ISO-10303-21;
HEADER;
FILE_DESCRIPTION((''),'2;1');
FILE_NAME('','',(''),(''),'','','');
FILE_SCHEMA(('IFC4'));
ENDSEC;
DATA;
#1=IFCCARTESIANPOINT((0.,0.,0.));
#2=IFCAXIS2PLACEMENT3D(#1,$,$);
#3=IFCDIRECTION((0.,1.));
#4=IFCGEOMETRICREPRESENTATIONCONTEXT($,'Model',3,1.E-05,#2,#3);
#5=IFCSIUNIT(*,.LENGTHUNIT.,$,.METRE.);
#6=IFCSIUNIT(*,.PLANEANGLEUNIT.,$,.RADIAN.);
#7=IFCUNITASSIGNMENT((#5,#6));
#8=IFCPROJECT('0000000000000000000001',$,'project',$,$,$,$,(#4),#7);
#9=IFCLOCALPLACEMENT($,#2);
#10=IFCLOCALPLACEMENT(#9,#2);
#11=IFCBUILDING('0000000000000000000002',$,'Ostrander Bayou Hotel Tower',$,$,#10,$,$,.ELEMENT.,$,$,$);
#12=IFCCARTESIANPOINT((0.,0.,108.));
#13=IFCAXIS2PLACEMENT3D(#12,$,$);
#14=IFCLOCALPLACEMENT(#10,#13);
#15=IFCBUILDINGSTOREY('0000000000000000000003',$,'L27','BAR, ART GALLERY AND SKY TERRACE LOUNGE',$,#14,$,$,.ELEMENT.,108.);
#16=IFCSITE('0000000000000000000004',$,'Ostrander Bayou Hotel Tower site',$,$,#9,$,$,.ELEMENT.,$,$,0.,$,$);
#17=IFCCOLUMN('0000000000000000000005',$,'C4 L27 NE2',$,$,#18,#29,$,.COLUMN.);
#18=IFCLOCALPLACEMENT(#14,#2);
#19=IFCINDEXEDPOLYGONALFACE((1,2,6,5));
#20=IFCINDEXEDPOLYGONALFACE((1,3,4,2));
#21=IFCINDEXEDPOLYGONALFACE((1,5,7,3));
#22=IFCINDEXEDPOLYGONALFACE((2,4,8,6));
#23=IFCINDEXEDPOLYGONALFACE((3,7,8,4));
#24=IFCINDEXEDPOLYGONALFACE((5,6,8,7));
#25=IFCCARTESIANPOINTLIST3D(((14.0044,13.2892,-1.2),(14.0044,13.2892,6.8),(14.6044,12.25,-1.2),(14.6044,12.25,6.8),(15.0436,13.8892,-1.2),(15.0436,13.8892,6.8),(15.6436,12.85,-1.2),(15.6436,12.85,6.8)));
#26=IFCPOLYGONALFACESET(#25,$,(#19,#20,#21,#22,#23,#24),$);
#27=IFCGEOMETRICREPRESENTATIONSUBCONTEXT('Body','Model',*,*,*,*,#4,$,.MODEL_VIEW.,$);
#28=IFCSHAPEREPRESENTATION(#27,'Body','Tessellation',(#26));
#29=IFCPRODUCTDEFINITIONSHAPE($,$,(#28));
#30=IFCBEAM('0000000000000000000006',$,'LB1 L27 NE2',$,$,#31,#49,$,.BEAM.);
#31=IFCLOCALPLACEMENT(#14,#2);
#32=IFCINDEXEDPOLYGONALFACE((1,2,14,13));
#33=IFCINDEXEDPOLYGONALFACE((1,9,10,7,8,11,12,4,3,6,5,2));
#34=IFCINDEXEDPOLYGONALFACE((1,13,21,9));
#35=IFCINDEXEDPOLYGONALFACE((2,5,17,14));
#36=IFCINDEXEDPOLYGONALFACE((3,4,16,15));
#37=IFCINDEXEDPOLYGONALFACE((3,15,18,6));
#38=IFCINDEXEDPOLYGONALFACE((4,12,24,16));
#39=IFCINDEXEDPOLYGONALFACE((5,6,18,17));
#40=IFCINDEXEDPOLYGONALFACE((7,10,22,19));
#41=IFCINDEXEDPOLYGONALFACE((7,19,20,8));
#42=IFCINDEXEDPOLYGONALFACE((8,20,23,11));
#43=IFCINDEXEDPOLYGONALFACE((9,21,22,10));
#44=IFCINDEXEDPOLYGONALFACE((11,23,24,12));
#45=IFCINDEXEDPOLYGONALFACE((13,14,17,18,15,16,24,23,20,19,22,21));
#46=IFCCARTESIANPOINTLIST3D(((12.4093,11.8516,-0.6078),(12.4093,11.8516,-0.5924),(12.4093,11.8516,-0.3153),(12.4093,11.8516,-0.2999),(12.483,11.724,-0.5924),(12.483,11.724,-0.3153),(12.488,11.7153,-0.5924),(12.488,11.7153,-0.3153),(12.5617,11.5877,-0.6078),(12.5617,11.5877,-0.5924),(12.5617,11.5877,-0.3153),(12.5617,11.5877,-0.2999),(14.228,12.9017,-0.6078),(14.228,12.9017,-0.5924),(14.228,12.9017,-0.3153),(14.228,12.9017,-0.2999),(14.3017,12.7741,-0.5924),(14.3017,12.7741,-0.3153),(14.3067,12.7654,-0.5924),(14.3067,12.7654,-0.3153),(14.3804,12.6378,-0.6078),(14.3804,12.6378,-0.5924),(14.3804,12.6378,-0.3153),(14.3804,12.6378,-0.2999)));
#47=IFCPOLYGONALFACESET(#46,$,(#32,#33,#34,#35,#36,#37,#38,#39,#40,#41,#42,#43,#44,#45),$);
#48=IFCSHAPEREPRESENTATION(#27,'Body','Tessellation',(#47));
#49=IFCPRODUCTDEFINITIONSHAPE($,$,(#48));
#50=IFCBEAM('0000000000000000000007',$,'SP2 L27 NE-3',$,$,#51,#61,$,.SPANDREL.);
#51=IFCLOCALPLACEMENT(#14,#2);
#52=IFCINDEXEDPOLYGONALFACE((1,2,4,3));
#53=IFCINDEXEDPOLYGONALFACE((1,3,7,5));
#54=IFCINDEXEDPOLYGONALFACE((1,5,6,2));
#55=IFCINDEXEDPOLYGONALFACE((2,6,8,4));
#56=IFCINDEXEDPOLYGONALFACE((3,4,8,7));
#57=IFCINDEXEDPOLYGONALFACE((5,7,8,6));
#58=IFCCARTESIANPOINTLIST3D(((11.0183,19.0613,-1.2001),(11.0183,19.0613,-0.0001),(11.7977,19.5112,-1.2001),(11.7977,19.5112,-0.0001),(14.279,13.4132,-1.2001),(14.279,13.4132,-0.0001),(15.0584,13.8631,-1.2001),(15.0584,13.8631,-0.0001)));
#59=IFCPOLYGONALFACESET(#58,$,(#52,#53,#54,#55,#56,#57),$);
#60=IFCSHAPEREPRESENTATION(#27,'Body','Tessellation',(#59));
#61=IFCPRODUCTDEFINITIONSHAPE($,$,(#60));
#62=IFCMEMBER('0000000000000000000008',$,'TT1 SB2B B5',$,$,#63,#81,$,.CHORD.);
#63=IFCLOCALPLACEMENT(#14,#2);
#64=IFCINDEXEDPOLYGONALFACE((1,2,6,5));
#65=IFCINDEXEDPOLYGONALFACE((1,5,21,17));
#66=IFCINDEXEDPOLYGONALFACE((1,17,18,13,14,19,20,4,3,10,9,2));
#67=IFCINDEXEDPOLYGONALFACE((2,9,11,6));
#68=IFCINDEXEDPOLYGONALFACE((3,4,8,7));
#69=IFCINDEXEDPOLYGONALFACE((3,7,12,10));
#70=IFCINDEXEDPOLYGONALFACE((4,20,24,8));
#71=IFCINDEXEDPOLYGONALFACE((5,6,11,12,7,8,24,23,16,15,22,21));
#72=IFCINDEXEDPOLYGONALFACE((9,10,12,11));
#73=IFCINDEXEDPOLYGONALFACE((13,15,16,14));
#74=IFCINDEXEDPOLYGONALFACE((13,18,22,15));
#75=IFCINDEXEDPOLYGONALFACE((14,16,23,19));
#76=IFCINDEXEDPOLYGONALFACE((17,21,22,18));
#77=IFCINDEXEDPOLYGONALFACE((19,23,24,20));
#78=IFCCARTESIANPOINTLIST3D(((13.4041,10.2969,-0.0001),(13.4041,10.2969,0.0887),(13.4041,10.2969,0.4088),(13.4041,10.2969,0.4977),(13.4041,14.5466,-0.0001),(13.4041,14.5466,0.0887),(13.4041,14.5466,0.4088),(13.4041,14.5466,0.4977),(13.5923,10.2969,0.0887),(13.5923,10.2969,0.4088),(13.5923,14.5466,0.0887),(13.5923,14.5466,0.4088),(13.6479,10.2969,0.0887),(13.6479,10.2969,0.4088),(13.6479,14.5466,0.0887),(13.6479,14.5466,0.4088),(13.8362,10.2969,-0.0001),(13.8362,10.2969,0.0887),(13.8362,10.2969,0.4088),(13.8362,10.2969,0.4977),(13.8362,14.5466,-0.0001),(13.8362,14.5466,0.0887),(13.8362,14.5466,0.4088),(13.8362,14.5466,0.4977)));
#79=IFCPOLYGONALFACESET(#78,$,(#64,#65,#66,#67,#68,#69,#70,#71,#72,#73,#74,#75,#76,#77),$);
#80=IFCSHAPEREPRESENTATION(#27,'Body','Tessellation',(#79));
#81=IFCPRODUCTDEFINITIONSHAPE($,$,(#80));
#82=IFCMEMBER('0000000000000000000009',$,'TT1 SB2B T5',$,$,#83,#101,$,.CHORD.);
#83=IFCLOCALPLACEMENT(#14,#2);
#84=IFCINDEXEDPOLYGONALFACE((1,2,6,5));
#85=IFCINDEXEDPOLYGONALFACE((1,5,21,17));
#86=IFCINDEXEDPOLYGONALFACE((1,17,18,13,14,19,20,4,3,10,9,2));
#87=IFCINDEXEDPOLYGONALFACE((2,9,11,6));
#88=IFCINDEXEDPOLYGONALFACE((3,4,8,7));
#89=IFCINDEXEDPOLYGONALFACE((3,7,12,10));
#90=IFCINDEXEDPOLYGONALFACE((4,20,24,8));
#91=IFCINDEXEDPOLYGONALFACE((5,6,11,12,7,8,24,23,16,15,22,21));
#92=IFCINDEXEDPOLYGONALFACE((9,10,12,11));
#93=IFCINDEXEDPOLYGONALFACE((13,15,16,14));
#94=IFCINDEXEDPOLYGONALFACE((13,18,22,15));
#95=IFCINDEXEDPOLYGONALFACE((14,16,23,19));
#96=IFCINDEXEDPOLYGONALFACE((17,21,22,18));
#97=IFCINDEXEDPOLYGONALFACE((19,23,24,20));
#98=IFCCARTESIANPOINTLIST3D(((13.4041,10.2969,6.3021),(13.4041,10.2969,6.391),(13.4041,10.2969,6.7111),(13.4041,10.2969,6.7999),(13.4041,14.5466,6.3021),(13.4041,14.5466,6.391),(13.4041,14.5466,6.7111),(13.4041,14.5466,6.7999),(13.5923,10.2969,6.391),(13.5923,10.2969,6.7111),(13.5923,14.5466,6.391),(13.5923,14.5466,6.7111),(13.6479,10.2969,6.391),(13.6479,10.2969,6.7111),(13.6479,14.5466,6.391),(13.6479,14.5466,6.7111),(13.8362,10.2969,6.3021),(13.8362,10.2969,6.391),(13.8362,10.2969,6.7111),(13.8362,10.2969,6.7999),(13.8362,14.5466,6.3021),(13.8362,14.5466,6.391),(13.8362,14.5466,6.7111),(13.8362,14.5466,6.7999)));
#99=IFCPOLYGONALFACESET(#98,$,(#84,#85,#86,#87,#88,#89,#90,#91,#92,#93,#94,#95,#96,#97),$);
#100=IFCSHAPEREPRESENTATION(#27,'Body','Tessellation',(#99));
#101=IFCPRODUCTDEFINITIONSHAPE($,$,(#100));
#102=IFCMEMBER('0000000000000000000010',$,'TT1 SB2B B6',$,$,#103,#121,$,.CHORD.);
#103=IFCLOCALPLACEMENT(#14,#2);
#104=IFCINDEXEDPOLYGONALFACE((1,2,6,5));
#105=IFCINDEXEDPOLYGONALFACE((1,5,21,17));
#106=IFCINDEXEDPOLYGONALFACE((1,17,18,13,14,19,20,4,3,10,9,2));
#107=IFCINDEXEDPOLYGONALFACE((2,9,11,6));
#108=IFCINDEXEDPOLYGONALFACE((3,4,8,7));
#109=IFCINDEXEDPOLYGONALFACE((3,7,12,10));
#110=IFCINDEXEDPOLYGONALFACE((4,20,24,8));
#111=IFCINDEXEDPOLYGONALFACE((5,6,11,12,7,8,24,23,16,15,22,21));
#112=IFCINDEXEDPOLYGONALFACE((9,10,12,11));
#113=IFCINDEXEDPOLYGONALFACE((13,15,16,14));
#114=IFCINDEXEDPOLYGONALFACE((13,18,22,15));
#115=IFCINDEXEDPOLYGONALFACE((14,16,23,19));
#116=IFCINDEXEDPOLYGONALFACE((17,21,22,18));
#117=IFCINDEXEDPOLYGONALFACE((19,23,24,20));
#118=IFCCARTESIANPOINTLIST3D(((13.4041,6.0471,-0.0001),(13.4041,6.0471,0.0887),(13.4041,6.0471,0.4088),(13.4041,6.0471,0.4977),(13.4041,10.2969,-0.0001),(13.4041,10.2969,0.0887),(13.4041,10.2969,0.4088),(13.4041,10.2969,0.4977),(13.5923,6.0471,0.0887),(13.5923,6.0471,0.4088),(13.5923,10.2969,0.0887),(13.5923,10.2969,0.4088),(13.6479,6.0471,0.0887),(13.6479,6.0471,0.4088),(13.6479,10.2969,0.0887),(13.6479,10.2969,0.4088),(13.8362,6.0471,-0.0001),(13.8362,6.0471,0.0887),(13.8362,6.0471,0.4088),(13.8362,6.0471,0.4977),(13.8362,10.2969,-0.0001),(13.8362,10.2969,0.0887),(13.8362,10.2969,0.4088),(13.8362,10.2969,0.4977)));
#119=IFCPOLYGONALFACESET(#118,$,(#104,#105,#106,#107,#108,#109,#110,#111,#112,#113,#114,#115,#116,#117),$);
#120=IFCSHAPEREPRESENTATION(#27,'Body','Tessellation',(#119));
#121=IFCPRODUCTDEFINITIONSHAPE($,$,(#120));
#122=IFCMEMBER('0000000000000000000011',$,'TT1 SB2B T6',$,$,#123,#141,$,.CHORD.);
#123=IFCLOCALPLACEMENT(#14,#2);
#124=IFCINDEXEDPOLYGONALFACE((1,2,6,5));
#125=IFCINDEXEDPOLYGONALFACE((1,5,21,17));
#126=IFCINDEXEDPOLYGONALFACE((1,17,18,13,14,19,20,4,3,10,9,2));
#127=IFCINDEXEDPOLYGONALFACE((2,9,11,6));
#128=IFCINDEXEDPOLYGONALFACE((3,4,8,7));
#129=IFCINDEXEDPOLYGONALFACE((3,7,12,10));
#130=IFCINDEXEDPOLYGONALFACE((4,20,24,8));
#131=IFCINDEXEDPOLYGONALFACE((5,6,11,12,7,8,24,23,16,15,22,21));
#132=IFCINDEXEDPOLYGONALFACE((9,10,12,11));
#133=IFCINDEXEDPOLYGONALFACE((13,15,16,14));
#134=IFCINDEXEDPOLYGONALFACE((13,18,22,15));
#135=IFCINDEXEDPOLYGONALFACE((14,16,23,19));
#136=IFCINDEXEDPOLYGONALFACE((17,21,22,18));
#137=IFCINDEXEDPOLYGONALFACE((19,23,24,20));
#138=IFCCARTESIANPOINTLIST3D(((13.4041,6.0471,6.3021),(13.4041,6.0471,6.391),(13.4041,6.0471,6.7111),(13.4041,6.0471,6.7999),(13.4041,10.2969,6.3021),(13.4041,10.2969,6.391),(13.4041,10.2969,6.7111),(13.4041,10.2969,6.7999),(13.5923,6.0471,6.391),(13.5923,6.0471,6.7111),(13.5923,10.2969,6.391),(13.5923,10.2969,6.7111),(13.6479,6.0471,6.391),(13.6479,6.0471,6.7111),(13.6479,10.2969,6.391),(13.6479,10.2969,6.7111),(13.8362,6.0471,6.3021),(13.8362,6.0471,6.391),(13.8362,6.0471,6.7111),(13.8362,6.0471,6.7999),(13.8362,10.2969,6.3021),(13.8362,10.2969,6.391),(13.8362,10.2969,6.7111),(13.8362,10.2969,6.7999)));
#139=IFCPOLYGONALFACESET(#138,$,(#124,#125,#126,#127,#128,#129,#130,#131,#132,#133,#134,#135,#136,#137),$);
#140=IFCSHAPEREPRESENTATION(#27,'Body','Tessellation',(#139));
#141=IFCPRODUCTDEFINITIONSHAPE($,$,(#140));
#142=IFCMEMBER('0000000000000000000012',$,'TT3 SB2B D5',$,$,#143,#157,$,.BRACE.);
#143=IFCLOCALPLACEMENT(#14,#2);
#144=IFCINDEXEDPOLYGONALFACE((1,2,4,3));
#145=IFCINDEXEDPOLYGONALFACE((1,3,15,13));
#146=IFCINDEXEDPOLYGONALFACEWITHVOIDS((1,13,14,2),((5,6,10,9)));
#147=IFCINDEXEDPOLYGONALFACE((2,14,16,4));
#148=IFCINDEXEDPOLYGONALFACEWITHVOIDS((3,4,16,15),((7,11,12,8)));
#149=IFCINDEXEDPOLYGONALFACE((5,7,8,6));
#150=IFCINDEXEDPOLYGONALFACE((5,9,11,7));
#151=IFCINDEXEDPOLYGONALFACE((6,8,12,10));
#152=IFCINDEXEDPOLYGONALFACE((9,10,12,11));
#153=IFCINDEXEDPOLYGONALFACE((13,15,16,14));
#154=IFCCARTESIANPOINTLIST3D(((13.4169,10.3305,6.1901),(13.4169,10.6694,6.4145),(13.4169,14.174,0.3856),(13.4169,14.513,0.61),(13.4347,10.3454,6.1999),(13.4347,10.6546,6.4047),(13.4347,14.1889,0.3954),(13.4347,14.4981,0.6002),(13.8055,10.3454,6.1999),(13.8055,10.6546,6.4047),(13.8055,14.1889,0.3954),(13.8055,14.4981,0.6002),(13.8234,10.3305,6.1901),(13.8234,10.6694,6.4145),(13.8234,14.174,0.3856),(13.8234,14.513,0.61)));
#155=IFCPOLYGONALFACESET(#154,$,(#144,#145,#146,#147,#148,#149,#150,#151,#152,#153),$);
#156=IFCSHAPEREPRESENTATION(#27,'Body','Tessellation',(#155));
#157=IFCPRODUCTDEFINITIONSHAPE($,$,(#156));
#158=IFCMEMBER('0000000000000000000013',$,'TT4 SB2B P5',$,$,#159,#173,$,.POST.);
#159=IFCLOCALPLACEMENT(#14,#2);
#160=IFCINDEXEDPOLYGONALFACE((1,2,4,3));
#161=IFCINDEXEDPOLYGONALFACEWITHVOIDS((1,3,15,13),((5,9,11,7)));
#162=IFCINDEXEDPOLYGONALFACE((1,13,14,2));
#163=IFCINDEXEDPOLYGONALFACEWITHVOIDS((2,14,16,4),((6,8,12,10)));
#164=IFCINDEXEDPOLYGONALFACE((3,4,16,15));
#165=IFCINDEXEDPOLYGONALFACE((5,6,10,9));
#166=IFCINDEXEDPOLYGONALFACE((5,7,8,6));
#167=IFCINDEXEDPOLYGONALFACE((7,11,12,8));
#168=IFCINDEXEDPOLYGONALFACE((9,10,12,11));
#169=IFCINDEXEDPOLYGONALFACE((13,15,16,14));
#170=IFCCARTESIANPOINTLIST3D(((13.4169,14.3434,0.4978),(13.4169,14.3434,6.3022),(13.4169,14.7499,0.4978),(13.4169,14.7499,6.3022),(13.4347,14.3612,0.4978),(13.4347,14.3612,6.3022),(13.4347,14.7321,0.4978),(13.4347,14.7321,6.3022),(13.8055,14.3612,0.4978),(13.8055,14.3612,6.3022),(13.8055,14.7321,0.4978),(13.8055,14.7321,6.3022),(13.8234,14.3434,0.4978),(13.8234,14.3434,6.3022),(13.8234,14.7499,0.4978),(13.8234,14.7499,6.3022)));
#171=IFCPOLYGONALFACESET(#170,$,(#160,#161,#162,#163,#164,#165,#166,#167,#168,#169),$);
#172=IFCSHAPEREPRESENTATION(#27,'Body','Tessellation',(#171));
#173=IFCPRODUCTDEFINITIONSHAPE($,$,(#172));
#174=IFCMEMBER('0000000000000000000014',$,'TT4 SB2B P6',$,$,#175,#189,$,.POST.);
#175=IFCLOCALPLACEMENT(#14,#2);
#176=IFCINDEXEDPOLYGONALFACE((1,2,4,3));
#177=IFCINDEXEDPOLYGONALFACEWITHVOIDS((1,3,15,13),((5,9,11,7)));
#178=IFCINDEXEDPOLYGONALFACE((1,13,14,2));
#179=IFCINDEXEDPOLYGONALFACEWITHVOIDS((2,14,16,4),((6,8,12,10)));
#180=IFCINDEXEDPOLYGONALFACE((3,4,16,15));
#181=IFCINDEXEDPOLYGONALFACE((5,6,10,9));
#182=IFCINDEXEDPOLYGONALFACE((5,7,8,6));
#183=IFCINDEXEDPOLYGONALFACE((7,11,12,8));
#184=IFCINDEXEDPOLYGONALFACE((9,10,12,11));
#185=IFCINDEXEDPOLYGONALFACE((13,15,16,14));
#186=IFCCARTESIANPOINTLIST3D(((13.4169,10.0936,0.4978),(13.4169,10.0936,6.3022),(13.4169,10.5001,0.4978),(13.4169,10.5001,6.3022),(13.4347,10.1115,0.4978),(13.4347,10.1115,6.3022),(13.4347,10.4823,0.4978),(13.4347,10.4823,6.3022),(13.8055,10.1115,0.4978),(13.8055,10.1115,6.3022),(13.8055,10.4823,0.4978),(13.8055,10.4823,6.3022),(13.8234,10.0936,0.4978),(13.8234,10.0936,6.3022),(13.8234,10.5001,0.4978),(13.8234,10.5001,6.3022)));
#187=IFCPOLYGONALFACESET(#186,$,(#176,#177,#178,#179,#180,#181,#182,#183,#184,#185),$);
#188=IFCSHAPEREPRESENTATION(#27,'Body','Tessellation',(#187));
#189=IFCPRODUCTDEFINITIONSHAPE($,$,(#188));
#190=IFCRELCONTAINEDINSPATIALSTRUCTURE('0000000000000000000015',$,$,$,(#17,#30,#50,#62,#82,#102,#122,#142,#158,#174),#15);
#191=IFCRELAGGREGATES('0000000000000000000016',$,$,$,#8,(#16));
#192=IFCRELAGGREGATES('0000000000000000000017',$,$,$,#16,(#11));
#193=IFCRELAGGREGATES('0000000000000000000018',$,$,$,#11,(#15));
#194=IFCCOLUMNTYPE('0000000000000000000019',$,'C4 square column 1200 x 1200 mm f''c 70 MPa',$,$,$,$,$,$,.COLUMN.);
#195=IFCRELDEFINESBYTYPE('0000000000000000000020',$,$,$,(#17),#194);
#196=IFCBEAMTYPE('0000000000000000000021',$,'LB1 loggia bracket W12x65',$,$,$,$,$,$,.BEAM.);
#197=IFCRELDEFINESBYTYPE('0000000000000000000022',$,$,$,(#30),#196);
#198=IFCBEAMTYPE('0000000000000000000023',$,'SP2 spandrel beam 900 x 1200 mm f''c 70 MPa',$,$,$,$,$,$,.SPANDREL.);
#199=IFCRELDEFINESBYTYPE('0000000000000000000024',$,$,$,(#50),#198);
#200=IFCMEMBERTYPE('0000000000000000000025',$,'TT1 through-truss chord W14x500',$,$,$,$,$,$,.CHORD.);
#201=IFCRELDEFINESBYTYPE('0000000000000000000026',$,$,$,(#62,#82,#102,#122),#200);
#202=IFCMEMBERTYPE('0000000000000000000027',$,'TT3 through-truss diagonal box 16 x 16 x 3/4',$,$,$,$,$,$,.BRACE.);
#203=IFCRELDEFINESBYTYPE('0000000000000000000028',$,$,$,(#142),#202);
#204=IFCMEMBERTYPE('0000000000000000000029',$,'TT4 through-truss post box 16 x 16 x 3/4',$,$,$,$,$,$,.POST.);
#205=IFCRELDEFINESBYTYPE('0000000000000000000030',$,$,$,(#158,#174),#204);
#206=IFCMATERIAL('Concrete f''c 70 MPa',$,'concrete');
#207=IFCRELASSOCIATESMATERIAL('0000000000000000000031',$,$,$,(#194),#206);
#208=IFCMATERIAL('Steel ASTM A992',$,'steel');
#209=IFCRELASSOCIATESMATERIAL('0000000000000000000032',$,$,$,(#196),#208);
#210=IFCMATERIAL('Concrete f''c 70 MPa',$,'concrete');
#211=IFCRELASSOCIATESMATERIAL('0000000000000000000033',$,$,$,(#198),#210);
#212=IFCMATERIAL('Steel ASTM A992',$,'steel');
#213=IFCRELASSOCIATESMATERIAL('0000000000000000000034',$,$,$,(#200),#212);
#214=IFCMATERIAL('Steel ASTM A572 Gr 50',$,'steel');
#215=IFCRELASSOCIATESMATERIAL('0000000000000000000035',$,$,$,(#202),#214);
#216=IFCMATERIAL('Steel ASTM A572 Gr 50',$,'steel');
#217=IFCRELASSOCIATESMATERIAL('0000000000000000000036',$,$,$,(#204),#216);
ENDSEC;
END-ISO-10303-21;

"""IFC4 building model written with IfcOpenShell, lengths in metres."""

from ifc_helpers import new_model, si_unit, direction, frame, origin, origin_2d, place, context, subcontext, project, spatial, rectangle, hollow_rectangle, i_section, extrude, material, material_profile, profile_set, type_object, element, save


model = new_model("IFC4")

# Units and contexts
model_context = context("Model", 3, precision=1e-05, world=origin(), true_north=direction((0.0, 1.0)))
body_context = subcontext(model_context, "Body", "Model", "MODEL_VIEW")
ifc_project = project(units=[si_unit("LENGTHUNIT", "METRE"), si_unit("PLANEANGLEUNIT", "RADIAN")], contexts=[model_context])

# Site, building, storey
site_placement = place(None, origin())
site = spatial("IfcSite", under=ifc_project, at=site_placement, Name="Ostrander Bayou Hotel Tower site", CompositionType="ELEMENT", RefElevation=0.0)
building_placement = place(site_placement, origin())
building = spatial("IfcBuilding", under=site, at=building_placement, Name="Ostrander Bayou Hotel Tower", CompositionType="ELEMENT")
storey_placement = place(building_placement, frame((0.0, 0.0, 108.0)))
storey = spatial("IfcBuildingStorey", under=building, at=storey_placement, Name="L27", Description="BAR, ART GALLERY AND SKY TERRACE LOUNGE", CompositionType="ELEMENT", Elevation=108.0)

# Column
ifc_material_1 = material(Name="Concrete f'c 70 MPa", Category="concrete")
ifc_material_profile_1 = material_profile(ifc_material_1, rectangle(XDim=1.2, YDim=1.2, at=origin_2d()))
ifc_profile_set_1 = profile_set([ifc_material_profile_1], Name="Concrete f'c 70 MPa")
column_type = type_object("IfcColumnType", Name="C4 square column 1200 x 1200 mm f'c 70 MPa", PredefinedType="COLUMN", material=ifc_profile_set_1)
column_placement = place(storey_placement, frame((14.824, 13.0696, -1.2), z_axis=(0.0, 0.0, 1.0), x_axis=(0.5, -0.866025, 0.0)))
element("IfcColumn", 1, at=column_placement, inside=storey, type_object=column_type, Name="C4 L27 NE2", PredefinedType="COLUMN", context=body_context, shape_type="SweptSolid", body=[
    extrude(rectangle(XDim=1.2, YDim=1.2, at=origin_2d()), origin(), (0.0, 0.0, 1.0), 8.0),
])

# Beams
ifc_material_2 = material(Name="Steel ASTM A992", Category="steel")
ifc_material_profile_2 = material_profile(ifc_material_2, i_section(OverallWidth=0.3047, OverallDepth=0.3079, WebThickness=0.01, FlangeThickness=0.0154, at=origin_2d()))
ifc_profile_set_2 = profile_set([ifc_material_profile_2], Name="Steel ASTM A992")
beam_type_1 = type_object("IfcBeamType", Name="LB1 loggia bracket W12x65", PredefinedType="BEAM", material=ifc_profile_set_2)
beam_1_placement = place(storey_placement, frame((14.3042, 12.7698, -0.4539), z_axis=(-0.866009, -0.500028, 0.0), x_axis=(0.500028, -0.866009, 0.0)))
element("IfcBeam", 2, at=beam_1_placement, inside=storey, type_object=beam_type_1, Name="LB1 L27 NE2", PredefinedType="BEAM", context=body_context, shape_type="SweptSolid", body=[
    extrude(i_section(OverallWidth=0.3047, OverallDepth=0.3079, WebThickness=0.01, FlangeThickness=0.0154, at=origin_2d()), origin(), (0.0, 0.0, 1.0), 2.1001),
])
ifc_material_3 = material(Name="Concrete f'c 70 MPa", Category="concrete")
ifc_material_profile_3 = material_profile(ifc_material_3, rectangle(XDim=0.8999, YDim=1.2, at=origin_2d()))
ifc_profile_set_3 = profile_set([ifc_material_profile_3], Name="Concrete f'c 70 MPa")
beam_type_2 = type_object("IfcBeamType", Name="SP2 spandrel beam 900 x 1200 mm f'c 70 MPa", PredefinedType="SPANDREL", material=ifc_profile_set_3)
beam_2_placement = place(storey_placement, frame((14.6687, 13.6382, -0.6001), z_axis=(-0.499972, 0.866042, 0.0), x_axis=(-0.866042, -0.499972, 0.0)))
element("IfcBeam", 3, at=beam_2_placement, inside=storey, type_object=beam_type_2, Name="SP2 L27 NE-3", PredefinedType="SPANDREL", context=body_context, shape_type="SweptSolid", body=[
    extrude(rectangle(XDim=0.8999, YDim=1.2, at=origin_2d()), origin(), (0.0, 0.0, 1.0), 6.5217),
])

# Members
ifc_material_4 = material(Name="Steel ASTM A992", Category="steel")
ifc_material_profile_4 = material_profile(ifc_material_4, i_section(OverallWidth=0.4321, OverallDepth=0.4978, WebThickness=0.0557, FlangeThickness=0.0889, at=origin_2d()))
ifc_profile_set_4 = profile_set([ifc_material_profile_4], Name="Steel ASTM A992")
member_type_1 = type_object("IfcMemberType", Name="TT1 through-truss chord W14x500", PredefinedType="CHORD", material=ifc_profile_set_4)
for number, where, z_axis, x_axis, name in (
    (4, (13.6201, 14.5466, 0.2488), (0.0, -1.0, 0.0), (1.0, 0.0, 0.0), "TT1 SB2B B5"),
    (5, (13.6201, 14.5466, 6.551), (0.0, -1.0, 0.0), (1.0, 0.0, 0.0), "TT1 SB2B T5"),
    (6, (13.6201, 10.2969, 0.2488), (0.0, -1.0, 0.0), (1.0, 0.0, 0.0), "TT1 SB2B B6"),
    (7, (13.6201, 10.2969, 6.551), (0.0, -1.0, 0.0), (1.0, 0.0, 0.0), "TT1 SB2B T6"),
):
    element("IfcMember", number, at=place(storey_placement, frame(where, z_axis=z_axis, x_axis=x_axis)), inside=storey, type_object=member_type_1, Name=name, PredefinedType="CHORD", context=body_context, shape_type="SweptSolid", body=[
        extrude(i_section(OverallWidth=0.4321, OverallDepth=0.4978, WebThickness=0.0557, FlangeThickness=0.0889, at=origin_2d()), origin(), (0.0, 0.0, 1.0), 4.2498),
    ])
ifc_material_5 = material(Name="Steel ASTM A572 Gr 50", Category="steel")
ifc_material_profile_5 = material_profile(ifc_material_5, hollow_rectangle(XDim=0.4065, YDim=0.4065, WallThickness=0.0178, at=origin_2d()))
ifc_profile_set_5 = profile_set([ifc_material_profile_5], Name="Steel ASTM A572 Gr 50")
member_type_2 = type_object("IfcMemberType", Name="TT3 through-truss diagonal box 16 x 16 x 3/4", PredefinedType="BRACE", material=ifc_profile_set_5)
member_placement = place(storey_placement, frame((13.6201, 14.3435, 0.4978), z_axis=(0.0, -0.5521, 0.833778), x_axis=(1.0, 0.0, 0.0)))
element("IfcMember", 8, at=member_placement, inside=storey, type_object=member_type_2, Name="TT3 SB2B D5", PredefinedType="BRACE", context=body_context, shape_type="SweptSolid", body=[
    extrude(hollow_rectangle(XDim=0.4065, YDim=0.4065, WallThickness=0.0178, at=origin_2d()), origin(), (0.0, 0.0, 1.0), 6.9617),
])
ifc_material_6 = material(Name="Steel ASTM A572 Gr 50", Category="steel")
ifc_material_profile_6 = material_profile(ifc_material_6, hollow_rectangle(XDim=0.4065, YDim=0.4065, WallThickness=0.0178, at=origin_2d()))
ifc_profile_set_6 = profile_set([ifc_material_profile_6], Name="Steel ASTM A572 Gr 50")
member_type_3 = type_object("IfcMemberType", Name="TT4 through-truss post box 16 x 16 x 3/4", PredefinedType="POST", material=ifc_profile_set_6)
for number, where, z_axis, x_axis, name in (
    (9, (13.6201, 14.5466, 0.4978), (0.0, 0.0, 1.0), (1.0, 0.0, 0.0), "TT4 SB2B P5"),
    (10, (13.6201, 10.2969, 0.4978), (0.0, 0.0, 1.0), (1.0, 0.0, 0.0), "TT4 SB2B P6"),
):
    element("IfcMember", number, at=place(storey_placement, frame(where, z_axis=z_axis, x_axis=x_axis)), inside=storey, type_object=member_type_3, Name=name, PredefinedType="POST", context=body_context, shape_type="SweptSolid", body=[
        extrude(hollow_rectangle(XDim=0.4065, YDim=0.4065, WallThickness=0.0178, at=origin_2d()), origin(), (0.0, 0.0, 1.0), 5.8044),
    ])

save(model, "model.ifc")
